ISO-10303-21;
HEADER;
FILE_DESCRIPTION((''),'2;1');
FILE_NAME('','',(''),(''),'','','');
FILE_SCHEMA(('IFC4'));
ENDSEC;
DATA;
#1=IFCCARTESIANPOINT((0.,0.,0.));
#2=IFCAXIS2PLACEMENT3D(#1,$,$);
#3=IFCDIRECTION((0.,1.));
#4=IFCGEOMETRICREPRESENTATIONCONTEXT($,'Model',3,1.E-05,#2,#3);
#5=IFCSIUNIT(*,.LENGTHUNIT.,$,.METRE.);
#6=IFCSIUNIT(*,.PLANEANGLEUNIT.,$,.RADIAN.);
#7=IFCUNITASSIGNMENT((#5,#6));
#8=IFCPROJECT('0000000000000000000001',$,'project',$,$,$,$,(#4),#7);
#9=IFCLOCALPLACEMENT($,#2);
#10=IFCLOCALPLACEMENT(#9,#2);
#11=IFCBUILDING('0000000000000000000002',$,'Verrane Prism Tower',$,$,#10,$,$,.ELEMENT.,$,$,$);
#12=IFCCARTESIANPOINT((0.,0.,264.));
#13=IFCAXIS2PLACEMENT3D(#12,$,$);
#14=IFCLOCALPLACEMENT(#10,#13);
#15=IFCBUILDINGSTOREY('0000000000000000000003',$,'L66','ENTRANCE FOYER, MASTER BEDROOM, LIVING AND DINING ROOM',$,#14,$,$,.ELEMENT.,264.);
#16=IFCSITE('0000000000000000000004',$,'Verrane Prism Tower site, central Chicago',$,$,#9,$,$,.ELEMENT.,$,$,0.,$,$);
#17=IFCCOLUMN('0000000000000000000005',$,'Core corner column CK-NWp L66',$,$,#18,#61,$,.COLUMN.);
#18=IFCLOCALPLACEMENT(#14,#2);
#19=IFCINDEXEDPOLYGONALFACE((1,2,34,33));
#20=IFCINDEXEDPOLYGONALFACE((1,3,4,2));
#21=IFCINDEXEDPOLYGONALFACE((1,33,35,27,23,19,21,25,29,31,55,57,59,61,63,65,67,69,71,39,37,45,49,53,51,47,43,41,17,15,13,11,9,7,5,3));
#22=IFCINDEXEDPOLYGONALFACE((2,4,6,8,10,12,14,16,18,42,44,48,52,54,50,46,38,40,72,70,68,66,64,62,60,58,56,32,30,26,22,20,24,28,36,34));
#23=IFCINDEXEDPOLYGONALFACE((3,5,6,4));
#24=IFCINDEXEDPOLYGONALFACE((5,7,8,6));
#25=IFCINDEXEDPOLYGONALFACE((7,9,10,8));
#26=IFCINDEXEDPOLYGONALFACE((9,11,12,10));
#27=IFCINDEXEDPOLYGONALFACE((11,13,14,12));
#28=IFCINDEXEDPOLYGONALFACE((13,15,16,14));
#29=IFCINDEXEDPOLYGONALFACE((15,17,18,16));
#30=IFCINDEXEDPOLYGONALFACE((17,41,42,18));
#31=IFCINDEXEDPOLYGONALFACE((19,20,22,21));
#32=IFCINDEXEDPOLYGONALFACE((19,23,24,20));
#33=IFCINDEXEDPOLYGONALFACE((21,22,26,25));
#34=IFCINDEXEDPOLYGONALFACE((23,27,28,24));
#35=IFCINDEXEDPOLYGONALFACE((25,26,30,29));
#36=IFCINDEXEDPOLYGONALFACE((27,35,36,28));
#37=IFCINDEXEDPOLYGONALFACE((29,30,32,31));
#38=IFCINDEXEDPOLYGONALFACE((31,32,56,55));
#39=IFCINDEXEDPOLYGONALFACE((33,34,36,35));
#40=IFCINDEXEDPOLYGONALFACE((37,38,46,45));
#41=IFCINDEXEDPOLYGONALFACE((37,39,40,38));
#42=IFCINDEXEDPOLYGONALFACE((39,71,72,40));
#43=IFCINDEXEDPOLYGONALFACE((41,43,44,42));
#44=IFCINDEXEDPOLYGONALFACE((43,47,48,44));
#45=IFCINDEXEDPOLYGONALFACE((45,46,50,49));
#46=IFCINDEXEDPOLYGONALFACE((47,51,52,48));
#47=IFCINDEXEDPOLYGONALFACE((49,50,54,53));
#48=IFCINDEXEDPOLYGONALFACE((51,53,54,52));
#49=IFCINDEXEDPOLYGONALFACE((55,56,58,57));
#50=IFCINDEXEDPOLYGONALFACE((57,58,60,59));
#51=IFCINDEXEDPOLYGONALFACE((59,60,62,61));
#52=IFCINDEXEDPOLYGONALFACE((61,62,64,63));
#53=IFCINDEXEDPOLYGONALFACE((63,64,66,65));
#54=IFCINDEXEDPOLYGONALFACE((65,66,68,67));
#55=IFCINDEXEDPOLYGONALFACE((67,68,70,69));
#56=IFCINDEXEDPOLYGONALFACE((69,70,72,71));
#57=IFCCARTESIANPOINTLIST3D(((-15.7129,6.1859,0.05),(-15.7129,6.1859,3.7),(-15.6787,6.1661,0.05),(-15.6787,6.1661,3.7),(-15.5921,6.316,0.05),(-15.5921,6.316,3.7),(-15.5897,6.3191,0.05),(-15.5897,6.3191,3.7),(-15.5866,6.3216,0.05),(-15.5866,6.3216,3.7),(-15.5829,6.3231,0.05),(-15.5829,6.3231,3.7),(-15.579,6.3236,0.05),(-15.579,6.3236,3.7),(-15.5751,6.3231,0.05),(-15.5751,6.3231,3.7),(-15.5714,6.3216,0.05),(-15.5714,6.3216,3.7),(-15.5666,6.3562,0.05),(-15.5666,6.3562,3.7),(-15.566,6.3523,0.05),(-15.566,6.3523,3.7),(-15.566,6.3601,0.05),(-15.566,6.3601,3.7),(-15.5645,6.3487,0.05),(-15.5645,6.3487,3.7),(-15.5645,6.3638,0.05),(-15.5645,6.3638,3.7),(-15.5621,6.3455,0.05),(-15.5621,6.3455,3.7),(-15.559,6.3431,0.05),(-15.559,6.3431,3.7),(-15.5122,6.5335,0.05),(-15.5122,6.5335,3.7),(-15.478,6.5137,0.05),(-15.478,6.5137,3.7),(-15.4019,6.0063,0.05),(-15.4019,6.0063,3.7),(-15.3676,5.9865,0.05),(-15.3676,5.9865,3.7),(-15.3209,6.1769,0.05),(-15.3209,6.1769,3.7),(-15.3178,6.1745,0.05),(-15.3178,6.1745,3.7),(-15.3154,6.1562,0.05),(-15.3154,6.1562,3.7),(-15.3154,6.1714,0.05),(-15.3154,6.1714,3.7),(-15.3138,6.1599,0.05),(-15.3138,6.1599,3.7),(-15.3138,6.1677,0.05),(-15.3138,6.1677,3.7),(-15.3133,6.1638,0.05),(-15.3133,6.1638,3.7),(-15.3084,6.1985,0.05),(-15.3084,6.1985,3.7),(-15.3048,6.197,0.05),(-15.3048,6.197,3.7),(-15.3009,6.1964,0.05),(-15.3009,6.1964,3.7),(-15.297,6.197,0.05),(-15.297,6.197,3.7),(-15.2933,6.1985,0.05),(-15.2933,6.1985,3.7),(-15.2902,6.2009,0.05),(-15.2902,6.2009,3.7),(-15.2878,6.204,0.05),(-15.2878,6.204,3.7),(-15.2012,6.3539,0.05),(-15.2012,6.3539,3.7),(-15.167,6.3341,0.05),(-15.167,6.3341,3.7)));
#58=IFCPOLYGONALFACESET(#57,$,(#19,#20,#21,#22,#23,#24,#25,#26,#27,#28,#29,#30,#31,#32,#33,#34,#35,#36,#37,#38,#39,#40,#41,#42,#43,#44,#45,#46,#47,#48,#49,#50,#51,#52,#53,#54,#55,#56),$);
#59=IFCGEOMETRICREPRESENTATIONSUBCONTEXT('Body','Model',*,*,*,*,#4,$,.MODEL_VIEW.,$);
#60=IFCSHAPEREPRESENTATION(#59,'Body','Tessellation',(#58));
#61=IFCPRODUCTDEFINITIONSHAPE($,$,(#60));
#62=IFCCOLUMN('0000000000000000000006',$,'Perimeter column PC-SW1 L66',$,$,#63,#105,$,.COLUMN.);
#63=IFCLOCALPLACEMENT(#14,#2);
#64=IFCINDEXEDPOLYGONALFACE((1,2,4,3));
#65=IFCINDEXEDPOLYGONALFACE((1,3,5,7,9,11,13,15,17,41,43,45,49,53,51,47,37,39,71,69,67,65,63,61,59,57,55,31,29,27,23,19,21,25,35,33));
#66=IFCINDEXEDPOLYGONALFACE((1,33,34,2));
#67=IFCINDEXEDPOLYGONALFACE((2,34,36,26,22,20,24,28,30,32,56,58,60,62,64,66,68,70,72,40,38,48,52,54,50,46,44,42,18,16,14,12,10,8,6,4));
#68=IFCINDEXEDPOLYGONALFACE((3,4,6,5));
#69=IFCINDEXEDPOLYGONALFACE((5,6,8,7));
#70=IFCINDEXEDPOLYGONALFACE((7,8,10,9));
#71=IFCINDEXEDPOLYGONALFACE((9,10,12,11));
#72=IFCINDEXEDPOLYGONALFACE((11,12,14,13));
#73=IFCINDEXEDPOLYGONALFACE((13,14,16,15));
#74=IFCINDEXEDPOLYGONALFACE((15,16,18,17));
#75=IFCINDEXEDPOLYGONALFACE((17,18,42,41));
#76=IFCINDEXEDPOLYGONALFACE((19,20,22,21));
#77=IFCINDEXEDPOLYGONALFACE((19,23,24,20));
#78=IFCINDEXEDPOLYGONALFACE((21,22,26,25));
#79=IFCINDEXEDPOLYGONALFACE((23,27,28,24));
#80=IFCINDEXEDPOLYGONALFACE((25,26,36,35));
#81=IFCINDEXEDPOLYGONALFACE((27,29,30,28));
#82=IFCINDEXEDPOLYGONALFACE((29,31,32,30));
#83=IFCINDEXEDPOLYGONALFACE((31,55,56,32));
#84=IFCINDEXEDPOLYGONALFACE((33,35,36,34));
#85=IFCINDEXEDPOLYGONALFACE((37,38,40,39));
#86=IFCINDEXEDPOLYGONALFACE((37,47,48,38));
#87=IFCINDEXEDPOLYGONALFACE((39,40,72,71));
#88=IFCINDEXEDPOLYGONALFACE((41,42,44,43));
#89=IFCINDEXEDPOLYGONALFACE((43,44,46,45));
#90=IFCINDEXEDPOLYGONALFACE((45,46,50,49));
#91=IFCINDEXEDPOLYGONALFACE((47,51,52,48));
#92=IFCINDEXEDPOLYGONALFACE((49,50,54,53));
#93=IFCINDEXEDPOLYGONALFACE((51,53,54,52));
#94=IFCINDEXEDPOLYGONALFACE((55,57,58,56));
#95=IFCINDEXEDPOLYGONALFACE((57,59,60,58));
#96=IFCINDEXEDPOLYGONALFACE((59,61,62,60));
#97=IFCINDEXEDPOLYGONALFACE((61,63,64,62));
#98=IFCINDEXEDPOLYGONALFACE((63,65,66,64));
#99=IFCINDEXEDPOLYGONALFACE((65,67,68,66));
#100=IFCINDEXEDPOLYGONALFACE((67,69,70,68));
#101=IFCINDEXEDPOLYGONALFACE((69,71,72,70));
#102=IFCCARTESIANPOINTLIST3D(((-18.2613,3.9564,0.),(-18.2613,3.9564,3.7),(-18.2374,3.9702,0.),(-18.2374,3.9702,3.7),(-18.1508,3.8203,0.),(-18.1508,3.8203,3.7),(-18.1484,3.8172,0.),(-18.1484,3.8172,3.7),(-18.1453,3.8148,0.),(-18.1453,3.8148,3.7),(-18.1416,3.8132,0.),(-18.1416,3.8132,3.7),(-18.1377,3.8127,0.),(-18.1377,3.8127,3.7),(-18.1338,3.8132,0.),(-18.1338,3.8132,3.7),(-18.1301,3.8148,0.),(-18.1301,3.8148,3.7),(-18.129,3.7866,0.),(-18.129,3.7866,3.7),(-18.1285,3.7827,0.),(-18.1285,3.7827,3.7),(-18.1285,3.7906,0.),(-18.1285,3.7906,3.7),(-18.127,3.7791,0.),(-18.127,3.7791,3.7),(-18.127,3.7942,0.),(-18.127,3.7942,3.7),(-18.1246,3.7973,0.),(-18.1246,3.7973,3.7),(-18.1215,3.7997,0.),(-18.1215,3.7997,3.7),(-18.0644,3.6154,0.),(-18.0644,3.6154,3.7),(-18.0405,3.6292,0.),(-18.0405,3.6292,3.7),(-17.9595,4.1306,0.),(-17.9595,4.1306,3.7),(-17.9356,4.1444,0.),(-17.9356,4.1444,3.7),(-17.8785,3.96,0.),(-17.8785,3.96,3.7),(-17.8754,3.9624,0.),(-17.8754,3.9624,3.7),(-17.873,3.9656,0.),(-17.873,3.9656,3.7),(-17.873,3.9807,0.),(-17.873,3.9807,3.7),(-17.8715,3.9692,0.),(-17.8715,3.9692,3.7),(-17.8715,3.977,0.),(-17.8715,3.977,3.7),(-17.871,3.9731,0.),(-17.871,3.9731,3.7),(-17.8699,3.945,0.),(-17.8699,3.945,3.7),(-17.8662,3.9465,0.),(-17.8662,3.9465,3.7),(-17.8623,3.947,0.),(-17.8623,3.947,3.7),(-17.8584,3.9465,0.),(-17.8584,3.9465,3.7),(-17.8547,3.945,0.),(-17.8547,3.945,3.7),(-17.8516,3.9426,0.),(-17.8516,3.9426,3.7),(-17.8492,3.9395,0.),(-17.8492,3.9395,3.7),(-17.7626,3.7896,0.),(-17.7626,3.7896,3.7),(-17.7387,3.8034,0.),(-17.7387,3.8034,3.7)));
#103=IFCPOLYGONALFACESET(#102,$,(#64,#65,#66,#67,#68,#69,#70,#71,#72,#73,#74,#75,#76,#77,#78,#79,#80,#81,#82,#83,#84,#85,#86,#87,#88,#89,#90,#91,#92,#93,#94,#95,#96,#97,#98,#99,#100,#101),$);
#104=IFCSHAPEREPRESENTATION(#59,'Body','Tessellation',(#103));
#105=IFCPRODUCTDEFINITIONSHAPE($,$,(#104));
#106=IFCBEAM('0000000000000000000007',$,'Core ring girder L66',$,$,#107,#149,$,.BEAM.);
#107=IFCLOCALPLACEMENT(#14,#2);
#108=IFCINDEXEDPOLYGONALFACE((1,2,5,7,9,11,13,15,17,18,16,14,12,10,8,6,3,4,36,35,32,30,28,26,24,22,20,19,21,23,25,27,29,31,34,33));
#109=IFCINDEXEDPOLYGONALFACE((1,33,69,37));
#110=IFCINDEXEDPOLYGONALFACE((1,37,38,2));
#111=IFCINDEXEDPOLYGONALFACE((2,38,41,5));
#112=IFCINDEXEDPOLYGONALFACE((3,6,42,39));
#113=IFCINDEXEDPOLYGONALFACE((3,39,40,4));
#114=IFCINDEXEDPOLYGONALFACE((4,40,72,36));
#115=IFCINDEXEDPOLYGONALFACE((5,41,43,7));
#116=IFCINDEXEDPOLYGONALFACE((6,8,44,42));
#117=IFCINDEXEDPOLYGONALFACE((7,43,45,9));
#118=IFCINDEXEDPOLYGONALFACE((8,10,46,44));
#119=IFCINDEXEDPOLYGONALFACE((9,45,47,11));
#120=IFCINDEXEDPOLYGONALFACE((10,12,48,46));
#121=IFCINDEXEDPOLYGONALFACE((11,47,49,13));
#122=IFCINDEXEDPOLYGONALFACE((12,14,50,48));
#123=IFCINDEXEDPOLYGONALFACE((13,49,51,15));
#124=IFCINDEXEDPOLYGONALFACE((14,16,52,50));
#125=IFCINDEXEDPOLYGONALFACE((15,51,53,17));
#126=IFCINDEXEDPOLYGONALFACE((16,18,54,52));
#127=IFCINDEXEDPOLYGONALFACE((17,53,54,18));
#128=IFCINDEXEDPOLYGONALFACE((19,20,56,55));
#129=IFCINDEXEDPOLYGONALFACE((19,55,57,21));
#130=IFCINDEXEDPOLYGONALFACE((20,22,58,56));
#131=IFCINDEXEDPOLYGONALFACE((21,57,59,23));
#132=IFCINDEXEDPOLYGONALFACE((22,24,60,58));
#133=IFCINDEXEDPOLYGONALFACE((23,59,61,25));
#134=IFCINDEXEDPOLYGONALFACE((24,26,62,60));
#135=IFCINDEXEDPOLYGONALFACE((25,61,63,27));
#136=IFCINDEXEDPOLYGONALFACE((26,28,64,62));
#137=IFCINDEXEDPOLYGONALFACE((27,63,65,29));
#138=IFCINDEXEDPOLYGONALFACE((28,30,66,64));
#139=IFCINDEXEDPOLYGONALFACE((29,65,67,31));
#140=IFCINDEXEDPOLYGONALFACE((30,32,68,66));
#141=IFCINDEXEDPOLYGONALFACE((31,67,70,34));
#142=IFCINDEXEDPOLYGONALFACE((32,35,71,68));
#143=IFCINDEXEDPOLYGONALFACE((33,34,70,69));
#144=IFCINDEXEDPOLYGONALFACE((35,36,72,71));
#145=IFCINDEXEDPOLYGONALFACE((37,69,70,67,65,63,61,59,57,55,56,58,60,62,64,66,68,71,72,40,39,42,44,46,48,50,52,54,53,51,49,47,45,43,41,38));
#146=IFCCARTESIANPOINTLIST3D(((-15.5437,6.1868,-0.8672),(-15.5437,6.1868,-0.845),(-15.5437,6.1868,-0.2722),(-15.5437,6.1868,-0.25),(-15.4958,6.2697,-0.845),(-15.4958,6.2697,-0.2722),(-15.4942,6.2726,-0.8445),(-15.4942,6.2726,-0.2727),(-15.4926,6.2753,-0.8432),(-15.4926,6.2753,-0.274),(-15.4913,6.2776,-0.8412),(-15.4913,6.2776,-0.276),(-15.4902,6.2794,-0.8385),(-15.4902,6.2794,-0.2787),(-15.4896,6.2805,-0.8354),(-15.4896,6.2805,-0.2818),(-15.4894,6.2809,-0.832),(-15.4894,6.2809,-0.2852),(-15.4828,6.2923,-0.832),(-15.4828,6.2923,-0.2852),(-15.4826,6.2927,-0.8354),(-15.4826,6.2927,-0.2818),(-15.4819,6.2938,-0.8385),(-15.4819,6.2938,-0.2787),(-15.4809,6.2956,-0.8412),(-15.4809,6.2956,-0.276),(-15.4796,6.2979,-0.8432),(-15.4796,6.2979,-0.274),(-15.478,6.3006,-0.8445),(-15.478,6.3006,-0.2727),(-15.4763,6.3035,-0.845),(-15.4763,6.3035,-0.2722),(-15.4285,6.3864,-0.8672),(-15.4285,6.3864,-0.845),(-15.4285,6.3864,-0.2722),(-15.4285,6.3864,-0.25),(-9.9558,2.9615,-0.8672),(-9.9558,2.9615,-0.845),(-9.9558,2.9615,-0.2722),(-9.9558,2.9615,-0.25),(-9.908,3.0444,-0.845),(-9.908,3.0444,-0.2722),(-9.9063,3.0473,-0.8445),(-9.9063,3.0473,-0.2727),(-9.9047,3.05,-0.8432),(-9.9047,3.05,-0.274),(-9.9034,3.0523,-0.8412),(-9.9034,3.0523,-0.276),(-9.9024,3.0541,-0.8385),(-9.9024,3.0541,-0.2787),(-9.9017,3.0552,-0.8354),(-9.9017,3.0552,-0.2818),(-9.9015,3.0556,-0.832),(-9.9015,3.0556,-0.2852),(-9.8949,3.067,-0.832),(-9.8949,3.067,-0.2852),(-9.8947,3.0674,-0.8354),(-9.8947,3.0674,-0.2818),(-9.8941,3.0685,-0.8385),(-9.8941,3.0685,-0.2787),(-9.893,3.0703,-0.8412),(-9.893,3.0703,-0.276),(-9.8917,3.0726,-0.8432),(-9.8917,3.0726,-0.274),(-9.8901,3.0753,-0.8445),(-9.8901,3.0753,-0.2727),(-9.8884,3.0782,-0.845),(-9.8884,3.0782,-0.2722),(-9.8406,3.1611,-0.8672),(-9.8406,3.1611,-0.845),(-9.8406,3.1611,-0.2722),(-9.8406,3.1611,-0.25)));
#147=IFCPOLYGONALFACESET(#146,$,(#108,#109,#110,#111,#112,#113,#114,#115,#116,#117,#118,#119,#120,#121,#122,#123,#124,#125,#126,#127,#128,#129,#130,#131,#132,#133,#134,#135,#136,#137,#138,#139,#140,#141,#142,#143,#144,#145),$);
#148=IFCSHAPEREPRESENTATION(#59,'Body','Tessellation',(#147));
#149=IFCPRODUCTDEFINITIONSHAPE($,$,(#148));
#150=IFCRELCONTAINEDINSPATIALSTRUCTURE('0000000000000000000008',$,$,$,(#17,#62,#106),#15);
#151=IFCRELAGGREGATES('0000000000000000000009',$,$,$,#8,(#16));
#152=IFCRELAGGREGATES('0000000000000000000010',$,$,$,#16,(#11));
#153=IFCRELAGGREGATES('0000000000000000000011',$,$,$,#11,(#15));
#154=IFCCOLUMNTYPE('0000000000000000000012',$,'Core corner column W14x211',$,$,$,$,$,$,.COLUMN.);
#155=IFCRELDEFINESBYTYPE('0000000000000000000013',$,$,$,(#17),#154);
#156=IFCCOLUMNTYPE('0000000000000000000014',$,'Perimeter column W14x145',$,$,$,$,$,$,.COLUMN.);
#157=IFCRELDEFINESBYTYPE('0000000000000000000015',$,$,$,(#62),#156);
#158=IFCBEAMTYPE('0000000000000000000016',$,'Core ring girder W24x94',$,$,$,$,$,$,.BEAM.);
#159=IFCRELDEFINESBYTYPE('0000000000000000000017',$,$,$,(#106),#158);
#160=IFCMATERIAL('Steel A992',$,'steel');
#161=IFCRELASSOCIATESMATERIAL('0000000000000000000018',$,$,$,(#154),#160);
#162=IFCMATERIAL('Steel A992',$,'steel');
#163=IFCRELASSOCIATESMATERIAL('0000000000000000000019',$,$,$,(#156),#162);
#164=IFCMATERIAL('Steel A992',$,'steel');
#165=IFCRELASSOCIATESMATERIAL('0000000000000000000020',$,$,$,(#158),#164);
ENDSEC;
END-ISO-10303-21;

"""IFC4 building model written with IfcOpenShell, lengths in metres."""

from ifc_helpers import new_model, si_unit, direction, frame, origin, origin_2d, place, context, subcontext, project, spatial, i_section, extrude, material, material_profile, profile_set, type_object, element, save


model = new_model("IFC4")

# Units and contexts
model_context = context("Model", 3, precision=1e-05, world=origin(), true_north=direction((0.0, 1.0)))
body_context = subcontext(model_context, "Body", "Model", "MODEL_VIEW")
ifc_project = project(units=[si_unit("LENGTHUNIT", "METRE"), si_unit("PLANEANGLEUNIT", "RADIAN")], contexts=[model_context])

# Site, building, storey
site_placement = place(None, origin())
site = spatial("IfcSite", under=ifc_project, at=site_placement, Name="Verrane Prism Tower site, central Chicago", CompositionType="ELEMENT", RefElevation=0.0)
building_placement = place(site_placement, origin())
building = spatial("IfcBuilding", under=site, at=building_placement, Name="Verrane Prism Tower", CompositionType="ELEMENT")
storey_placement = place(building_placement, frame((0.0, 0.0, 264.0)))
storey = spatial("IfcBuildingStorey", under=building, at=storey_placement, Name="L66", Description="ENTRANCE FOYER, MASTER BEDROOM, LIVING AND DINING ROOM", CompositionType="ELEMENT", Elevation=264.0)

# Columns
ifc_material_1 = material(Name="Steel A992", Category="steel")
ifc_material_profile_1 = material_profile(ifc_material_1, i_section(OverallWidth=0.4014, OverallDepth=0.3987, WebThickness=0.0249, FlangeThickness=0.0396, FilletRadius=0.0151, at=origin_2d()), Name="W14x211")
ifc_profile_set_1 = profile_set([ifc_material_profile_1], Name="Steel A992")
column_type_1 = type_object("IfcColumnType", Name="Core corner column W14x211", PredefinedType="COLUMN", material=ifc_profile_set_1)
column_1_placement = place(storey_placement, frame((-15.4399, 6.26, 0.05), z_axis=(0.0, 0.0, 1.0), x_axis=(0.5, 0.866025, 0.0)))
element("IfcColumn", 1, at=column_1_placement, inside=storey, type_object=column_type_1, Name="Core corner column CK-NWp L66", PredefinedType="COLUMN", context=body_context, shape_type="SweptSolid", body=[
    extrude(i_section(OverallWidth=0.4014, OverallDepth=0.3987, WebThickness=0.0249, FlangeThickness=0.0396, FilletRadius=0.0151, at=origin_2d()), origin(), (0.0, 0.0, 1.0), 3.6499),
])
ifc_material_2 = material(Name="Steel A992", Category="steel")
ifc_material_profile_2 = material_profile(ifc_material_2, i_section(OverallWidth=0.3938, OverallDepth=0.376, WebThickness=0.0173, FlangeThickness=0.0276, FilletRadius=0.0151, at=origin_2d()), Name="W14x145")
ifc_profile_set_2 = profile_set([ifc_material_profile_2], Name="Steel A992")
column_type_2 = type_object("IfcColumnType", Name="Perimeter column W14x145", PredefinedType="COLUMN", material=ifc_profile_set_2)
column_2_placement = place(storey_placement, frame((-18.0, 3.8799, 0.0), z_axis=(0.0, 0.0, 1.0), x_axis=(-0.5, 0.866025, 0.0)))
element("IfcColumn", 2, at=column_2_placement, inside=storey, type_object=column_type_2, Name="Perimeter column PC-SW1 L66", PredefinedType="COLUMN", context=body_context, shape_type="SweptSolid", body=[
    extrude(i_section(OverallWidth=0.3938, OverallDepth=0.376, WebThickness=0.0173, FlangeThickness=0.0276, FilletRadius=0.0151, at=origin_2d()), origin(), (0.0, 0.0, 1.0), 3.7),
])

# Beam
ifc_material_3 = material(Name="Steel A992", Category="steel")
ifc_material_profile_3 = material_profile(ifc_material_3, i_section(OverallWidth=0.2305, OverallDepth=0.6172, WebThickness=0.0132, FlangeThickness=0.0222, FilletRadius=0.0129, at=origin_2d()), Name="W24x94")
ifc_profile_set_3 = profile_set([ifc_material_profile_3], Name="Steel A992")
beam_type_1 = type_object("IfcBeamType", Name="Core ring girder W24x94", PredefinedType="BEAM", material=ifc_profile_set_3)
beam_1_placement = place(storey_placement, frame((-15.4861, 6.2866, -0.5586), z_axis=(0.866081, -0.499904, 0.0), x_axis=(0.499904, 0.866081, 0.0)))
element("IfcBeam", 3, at=beam_1_placement, inside=storey, type_object=beam_type_1, Name="Core ring girder L66", PredefinedType="BEAM", context=body_context, shape_type="SweptSolid", body=[
    extrude(i_section(OverallWidth=0.2305, OverallDepth=0.6172, WebThickness=0.0132, FlangeThickness=0.0222, FilletRadius=0.0129, at=origin_2d()), origin(), (0.0, 0.0, 1.0), 6.4519),
])

save(model, "model.ifc")
